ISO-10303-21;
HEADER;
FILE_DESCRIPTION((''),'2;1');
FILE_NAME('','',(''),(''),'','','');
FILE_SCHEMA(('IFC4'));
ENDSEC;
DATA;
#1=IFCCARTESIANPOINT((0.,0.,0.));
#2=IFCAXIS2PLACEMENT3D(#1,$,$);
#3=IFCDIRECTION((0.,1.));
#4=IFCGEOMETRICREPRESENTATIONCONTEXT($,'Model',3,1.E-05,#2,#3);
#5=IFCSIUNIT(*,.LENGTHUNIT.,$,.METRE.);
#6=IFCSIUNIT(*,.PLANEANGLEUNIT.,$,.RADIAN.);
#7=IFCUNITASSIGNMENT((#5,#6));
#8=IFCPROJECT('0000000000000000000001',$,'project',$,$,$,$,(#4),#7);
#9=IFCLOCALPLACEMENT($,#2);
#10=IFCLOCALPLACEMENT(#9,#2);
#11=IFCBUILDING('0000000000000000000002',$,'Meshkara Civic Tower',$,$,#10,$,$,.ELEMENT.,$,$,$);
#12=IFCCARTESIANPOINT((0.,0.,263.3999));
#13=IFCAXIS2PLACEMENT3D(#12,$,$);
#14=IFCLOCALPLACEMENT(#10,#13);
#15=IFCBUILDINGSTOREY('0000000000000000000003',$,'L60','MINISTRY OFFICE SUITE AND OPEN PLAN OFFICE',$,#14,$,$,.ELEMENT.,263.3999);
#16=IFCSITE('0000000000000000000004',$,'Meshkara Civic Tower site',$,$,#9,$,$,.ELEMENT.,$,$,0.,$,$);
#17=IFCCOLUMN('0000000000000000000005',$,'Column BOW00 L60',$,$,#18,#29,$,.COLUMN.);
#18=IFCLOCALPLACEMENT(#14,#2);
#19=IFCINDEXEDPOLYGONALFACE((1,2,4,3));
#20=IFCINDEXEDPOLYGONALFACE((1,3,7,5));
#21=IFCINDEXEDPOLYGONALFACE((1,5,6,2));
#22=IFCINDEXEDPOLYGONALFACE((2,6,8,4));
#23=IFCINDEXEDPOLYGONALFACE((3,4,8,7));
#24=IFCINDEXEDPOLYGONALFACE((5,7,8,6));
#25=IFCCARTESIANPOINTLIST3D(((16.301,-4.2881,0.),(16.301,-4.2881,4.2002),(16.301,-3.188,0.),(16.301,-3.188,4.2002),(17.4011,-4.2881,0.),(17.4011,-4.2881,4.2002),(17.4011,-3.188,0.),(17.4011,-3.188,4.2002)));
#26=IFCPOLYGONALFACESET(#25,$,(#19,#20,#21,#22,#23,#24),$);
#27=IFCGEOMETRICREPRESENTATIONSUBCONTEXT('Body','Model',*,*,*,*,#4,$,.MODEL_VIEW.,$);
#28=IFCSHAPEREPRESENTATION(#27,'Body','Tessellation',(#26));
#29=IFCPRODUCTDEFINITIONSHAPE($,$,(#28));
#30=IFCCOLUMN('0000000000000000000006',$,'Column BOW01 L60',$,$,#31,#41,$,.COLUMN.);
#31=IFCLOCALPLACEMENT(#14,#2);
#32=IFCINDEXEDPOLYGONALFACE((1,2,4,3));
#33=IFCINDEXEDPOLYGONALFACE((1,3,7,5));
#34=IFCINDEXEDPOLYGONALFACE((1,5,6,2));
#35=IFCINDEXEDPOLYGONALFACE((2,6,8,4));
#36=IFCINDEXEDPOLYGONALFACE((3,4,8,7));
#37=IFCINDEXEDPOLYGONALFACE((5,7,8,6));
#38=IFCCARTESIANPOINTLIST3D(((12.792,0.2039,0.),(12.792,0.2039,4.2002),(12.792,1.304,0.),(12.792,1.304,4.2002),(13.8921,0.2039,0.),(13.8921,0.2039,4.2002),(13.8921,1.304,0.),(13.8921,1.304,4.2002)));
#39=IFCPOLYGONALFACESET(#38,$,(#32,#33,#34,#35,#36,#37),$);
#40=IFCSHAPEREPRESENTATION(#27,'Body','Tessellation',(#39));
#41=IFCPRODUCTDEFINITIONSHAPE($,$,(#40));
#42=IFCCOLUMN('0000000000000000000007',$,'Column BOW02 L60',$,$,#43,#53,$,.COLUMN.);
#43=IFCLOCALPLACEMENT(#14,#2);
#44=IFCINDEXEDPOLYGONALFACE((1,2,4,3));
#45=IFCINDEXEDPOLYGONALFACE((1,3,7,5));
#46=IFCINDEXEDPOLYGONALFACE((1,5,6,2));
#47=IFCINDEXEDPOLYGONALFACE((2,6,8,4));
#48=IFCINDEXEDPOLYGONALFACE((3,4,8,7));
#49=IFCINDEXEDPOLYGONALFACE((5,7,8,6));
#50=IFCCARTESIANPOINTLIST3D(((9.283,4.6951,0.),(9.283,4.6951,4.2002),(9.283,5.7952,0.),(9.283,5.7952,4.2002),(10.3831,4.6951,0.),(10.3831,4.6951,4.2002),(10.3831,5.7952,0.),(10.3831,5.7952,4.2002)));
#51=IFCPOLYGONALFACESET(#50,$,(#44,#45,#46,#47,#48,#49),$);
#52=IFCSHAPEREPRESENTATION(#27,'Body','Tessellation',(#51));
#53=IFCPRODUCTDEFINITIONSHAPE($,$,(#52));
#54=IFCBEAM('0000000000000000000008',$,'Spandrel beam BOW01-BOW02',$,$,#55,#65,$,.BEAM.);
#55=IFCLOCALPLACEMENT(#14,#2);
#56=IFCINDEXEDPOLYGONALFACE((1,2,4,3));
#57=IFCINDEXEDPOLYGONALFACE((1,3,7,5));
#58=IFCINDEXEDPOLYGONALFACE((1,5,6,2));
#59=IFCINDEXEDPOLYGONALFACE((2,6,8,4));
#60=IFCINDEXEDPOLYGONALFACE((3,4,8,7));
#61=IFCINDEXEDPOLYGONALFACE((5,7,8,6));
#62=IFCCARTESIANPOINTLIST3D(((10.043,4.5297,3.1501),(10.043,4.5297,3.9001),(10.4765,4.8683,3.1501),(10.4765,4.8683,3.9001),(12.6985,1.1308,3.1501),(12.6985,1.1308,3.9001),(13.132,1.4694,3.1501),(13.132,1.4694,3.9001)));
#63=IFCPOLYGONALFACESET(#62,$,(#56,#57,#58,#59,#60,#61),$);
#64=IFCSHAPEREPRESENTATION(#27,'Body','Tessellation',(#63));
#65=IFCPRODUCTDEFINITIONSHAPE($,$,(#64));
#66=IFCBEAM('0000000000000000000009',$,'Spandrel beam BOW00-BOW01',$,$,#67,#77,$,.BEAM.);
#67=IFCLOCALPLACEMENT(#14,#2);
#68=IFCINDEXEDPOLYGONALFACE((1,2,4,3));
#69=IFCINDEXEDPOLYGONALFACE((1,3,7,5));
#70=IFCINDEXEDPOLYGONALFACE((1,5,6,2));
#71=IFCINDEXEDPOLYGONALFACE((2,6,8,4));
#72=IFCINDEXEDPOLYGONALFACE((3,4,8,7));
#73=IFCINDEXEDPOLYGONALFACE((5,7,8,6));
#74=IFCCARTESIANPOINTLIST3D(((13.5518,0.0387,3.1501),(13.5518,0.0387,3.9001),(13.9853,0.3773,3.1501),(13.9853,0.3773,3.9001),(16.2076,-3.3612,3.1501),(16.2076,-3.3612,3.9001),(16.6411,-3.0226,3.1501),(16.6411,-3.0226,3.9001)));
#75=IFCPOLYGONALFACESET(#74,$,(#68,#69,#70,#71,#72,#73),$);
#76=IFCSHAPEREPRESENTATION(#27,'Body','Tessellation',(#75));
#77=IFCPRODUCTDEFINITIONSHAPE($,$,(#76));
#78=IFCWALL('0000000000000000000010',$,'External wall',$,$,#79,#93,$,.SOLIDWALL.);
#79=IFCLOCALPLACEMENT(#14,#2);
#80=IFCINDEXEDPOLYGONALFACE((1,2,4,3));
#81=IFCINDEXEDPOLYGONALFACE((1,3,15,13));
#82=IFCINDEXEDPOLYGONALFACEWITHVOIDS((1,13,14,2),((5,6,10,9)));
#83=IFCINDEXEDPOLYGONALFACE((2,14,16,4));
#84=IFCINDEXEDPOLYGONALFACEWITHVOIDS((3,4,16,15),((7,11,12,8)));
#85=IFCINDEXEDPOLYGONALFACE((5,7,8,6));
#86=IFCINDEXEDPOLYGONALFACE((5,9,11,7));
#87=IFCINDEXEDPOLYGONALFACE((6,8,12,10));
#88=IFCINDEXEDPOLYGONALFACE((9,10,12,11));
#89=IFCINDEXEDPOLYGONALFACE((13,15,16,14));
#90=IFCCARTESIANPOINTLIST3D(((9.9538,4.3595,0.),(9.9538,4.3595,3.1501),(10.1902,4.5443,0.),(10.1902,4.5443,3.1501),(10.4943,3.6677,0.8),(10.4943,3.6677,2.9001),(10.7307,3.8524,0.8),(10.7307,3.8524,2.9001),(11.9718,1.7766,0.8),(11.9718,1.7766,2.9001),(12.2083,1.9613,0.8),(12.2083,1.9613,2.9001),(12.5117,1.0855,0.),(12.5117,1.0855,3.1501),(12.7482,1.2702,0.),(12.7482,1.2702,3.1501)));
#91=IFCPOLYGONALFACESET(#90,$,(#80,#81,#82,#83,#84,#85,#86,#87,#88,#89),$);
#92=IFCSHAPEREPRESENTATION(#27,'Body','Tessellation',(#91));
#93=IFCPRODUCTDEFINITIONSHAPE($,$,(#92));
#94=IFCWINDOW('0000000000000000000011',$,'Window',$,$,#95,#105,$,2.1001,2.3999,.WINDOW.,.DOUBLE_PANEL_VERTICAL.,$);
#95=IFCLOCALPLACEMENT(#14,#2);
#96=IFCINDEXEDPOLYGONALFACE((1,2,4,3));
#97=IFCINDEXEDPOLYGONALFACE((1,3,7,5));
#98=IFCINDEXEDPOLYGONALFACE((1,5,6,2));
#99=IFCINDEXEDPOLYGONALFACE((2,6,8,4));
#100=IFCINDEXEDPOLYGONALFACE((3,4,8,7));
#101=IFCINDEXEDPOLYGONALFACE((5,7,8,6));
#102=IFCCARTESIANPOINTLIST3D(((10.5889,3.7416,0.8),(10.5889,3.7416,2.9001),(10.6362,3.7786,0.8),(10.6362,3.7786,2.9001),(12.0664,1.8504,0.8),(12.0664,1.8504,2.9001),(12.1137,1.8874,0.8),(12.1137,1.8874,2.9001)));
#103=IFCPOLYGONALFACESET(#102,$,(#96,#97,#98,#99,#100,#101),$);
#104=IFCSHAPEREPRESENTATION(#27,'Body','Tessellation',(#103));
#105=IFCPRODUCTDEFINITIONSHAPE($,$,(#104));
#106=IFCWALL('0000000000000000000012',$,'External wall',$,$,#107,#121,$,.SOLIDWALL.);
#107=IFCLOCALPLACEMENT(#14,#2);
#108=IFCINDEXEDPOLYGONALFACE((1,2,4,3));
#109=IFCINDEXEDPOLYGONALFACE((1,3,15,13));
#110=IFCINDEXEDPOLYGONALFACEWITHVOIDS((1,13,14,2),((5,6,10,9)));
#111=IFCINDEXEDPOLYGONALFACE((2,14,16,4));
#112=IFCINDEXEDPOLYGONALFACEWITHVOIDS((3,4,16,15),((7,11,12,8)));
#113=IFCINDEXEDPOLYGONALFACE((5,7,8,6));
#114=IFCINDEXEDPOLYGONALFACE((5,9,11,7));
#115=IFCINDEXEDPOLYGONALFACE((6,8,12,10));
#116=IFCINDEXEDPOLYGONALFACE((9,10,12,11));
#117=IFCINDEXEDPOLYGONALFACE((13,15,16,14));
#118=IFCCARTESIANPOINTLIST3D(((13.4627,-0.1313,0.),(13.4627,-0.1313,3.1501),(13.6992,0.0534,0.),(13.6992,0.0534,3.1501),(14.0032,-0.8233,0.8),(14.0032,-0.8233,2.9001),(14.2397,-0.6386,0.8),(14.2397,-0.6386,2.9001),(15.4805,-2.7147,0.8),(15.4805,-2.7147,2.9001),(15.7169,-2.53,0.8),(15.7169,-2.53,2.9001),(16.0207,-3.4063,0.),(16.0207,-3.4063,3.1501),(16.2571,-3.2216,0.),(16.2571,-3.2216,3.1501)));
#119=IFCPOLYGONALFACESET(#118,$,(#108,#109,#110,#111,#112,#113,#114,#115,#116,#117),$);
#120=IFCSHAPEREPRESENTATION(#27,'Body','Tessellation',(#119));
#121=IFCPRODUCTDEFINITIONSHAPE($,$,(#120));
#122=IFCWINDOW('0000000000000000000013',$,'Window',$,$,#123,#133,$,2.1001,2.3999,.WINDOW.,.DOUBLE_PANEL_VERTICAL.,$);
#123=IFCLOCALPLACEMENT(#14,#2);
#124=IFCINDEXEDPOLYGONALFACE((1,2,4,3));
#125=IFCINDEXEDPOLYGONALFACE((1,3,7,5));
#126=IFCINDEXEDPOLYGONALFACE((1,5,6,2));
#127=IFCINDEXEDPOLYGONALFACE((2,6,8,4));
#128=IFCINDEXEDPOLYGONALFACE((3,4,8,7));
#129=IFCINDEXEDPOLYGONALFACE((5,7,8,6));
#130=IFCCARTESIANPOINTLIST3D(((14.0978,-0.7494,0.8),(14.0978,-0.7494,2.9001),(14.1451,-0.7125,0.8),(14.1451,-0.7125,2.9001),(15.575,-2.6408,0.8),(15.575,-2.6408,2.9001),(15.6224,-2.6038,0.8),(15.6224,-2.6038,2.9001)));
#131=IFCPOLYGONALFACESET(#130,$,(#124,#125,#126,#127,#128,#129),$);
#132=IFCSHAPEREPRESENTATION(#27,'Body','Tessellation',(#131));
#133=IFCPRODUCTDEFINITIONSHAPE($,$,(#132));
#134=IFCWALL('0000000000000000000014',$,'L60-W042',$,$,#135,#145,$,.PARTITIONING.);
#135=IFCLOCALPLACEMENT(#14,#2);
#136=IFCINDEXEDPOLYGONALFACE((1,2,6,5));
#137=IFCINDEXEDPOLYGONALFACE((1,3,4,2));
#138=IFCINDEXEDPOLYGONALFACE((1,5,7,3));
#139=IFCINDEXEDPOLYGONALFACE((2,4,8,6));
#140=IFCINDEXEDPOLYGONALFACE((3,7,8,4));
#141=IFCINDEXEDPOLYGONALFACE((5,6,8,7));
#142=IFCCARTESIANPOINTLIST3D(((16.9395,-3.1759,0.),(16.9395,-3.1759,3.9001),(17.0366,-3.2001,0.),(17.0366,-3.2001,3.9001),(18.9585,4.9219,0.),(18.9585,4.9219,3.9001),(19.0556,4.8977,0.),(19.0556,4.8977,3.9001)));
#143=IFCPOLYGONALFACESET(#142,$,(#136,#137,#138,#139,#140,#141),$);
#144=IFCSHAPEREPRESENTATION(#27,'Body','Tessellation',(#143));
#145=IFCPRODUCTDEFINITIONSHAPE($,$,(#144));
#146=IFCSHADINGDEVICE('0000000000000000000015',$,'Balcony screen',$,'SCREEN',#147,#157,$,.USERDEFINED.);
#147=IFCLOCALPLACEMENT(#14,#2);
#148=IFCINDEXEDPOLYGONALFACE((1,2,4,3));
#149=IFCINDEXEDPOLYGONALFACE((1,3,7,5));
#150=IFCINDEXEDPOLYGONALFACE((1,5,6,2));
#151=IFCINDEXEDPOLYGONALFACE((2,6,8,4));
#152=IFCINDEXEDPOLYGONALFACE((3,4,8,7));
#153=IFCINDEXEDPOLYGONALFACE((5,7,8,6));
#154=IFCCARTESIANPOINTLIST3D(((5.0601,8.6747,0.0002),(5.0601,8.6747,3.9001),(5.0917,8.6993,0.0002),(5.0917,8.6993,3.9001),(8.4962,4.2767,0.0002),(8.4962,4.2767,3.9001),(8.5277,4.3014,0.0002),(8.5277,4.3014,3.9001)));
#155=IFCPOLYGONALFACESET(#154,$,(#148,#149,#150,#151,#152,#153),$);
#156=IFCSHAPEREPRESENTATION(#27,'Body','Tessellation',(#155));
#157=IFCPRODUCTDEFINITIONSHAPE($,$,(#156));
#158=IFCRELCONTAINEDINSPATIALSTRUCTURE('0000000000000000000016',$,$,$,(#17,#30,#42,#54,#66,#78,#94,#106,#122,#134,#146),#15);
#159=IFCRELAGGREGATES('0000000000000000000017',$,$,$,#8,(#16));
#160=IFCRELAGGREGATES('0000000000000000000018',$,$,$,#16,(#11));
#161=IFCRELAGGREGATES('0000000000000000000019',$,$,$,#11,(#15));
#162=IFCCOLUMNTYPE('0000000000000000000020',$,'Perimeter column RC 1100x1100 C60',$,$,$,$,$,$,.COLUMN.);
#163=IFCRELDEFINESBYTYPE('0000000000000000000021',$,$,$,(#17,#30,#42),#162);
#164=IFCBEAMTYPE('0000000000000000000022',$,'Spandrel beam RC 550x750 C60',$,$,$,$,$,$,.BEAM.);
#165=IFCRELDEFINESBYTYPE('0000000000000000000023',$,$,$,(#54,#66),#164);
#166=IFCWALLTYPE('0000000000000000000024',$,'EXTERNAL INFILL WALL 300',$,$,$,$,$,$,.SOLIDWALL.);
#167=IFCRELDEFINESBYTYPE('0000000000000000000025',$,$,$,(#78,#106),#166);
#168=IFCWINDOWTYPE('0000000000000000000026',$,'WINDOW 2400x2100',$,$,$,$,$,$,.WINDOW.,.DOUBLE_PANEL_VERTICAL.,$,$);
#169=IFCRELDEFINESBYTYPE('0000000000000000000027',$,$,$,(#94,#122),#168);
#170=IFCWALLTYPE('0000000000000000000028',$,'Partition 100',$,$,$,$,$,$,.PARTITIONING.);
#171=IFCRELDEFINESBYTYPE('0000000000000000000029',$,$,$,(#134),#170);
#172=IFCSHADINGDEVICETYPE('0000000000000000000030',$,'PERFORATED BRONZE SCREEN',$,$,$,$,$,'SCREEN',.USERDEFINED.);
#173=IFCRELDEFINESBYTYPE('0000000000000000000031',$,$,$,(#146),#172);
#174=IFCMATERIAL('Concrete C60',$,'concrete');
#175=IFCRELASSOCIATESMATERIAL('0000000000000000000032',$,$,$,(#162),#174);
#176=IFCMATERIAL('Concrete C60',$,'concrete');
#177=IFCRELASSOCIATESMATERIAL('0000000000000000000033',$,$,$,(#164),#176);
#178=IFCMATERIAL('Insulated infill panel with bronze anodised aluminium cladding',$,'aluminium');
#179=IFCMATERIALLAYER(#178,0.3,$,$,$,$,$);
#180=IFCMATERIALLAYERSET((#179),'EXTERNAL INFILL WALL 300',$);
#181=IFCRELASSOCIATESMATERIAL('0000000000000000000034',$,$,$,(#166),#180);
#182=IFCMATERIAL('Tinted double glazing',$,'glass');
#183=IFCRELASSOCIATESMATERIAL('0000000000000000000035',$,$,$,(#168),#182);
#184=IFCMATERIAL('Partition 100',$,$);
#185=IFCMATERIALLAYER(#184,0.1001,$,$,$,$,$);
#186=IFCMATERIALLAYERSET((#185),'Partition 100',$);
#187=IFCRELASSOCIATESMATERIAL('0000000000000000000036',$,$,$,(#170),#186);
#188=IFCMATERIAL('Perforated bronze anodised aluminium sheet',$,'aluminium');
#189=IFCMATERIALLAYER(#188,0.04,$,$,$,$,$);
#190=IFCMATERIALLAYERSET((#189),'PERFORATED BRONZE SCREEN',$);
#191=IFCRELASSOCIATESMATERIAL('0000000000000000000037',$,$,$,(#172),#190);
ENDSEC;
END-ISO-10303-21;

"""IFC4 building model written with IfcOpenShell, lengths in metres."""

from ifc_helpers import new_model, si_unit, direction, frame, frame_2d, origin, origin_2d, place, context, subcontext, project, spatial, rectangle, extrude, material, layer, layer_set, material_profile, profile_set, type_object, element, fill, save


model = new_model("IFC4")

# Units and contexts
model_context = context("Model", 3, precision=1e-05, world=origin(), true_north=direction((0.0, 1.0)))
body_context = subcontext(model_context, "Body", "Model", "MODEL_VIEW")
ifc_project = project(units=[si_unit("LENGTHUNIT", "METRE"), si_unit("PLANEANGLEUNIT", "RADIAN")], contexts=[model_context])

# Site, building, storey
site_placement = place(None, origin())
site = spatial("IfcSite", under=ifc_project, at=site_placement, Name="Meshkara Civic Tower site", CompositionType="ELEMENT", RefElevation=0.0)
building_placement = place(site_placement, origin())
building = spatial("IfcBuilding", under=site, at=building_placement, Name="Meshkara Civic Tower", CompositionType="ELEMENT")
storey_placement = place(building_placement, frame((0.0, 0.0, 263.3999)))
storey = spatial("IfcBuildingStorey", under=building, at=storey_placement, Name="L60", Description="MINISTRY OFFICE SUITE AND OPEN PLAN OFFICE", CompositionType="ELEMENT", Elevation=263.3999)

# Columns
ifc_material_1 = material(Name="Concrete C60", Category="concrete")
ifc_material_profile_1 = material_profile(ifc_material_1, rectangle(XDim=1.1001, YDim=1.1001, at=origin_2d()))
ifc_profile_set_1 = profile_set([ifc_material_profile_1], Name="Concrete C60")
column_type = type_object("IfcColumnType", Name="Perimeter column RC 1100x1100 C60", PredefinedType="COLUMN", material=ifc_profile_set_1)
for number, where, z_axis, x_axis, name in (
    (1, (16.8511, -3.738, 0.0), (0.0, 0.0, 1.0), (1.0, 0.0, 0.0), "Column BOW00 L60"),
    (2, (13.342, 0.7539, 0.0), (0.0, 0.0, 1.0), (1.0, 0.0, 0.0), "Column BOW01 L60"),
    (3, (9.833, 5.2451, 0.0), (0.0, 0.0, 1.0), (1.0, 0.0, 0.0), "Column BOW02 L60"),
):
    element("IfcColumn", number, at=place(storey_placement, frame(where, z_axis=z_axis, x_axis=x_axis)), inside=storey, type_object=column_type, Name=name, PredefinedType="COLUMN", context=body_context, shape_type="SweptSolid", body=[
        extrude(rectangle(XDim=1.1001, YDim=1.1001, at=origin_2d()), origin(), (0.0, 0.0, 1.0), 4.2002),
    ])

# Beams
ifc_material_2 = material(Name="Concrete C60", Category="concrete")
ifc_material_profile_2 = material_profile(ifc_material_2, rectangle(XDim=0.55, YDim=0.75, at=origin_2d()))
ifc_profile_set_2 = profile_set([ifc_material_profile_2], Name="Concrete C60")
beam_type = type_object("IfcBeamType", Name="Spandrel beam RC 550x750 C60", PredefinedType="BEAM", material=ifc_profile_set_2)
beam_1_placement = place(storey_placement, frame((10.2598, 4.699, 3.5251), z_axis=(0.615659, -0.788012, 0.0), x_axis=(0.788012, 0.615659, 0.0)))
element("IfcBeam", 4, at=beam_1_placement, inside=storey, type_object=beam_type, Name="Spandrel beam BOW01-BOW02", PredefinedType="BEAM", context=body_context, shape_type="SweptSolid", body=[
    extrude(rectangle(XDim=0.55, YDim=0.75, at=origin_2d()), origin(), (0.0, 0.0, 1.0), 4.3132),
])
beam_2_placement = place(storey_placement, frame((13.7686, 0.208, 3.5251), z_axis=(0.615585, -0.788071, 0.0), x_axis=(0.788071, 0.615585, 0.0)))
element("IfcBeam", 5, at=beam_2_placement, inside=storey, type_object=beam_type, Name="Spandrel beam BOW00-BOW01", PredefinedType="BEAM", context=body_context, shape_type="SweptSolid", body=[
    extrude(rectangle(XDim=0.55, YDim=0.75, at=origin_2d()), origin(), (0.0, 0.0, 1.0), 4.3142),
])

# Walls, openings, windows
ifc_material_3 = material(Name="Insulated infill panel with bronze anodised aluminium cladding", Category="aluminium")
ifc_layer_1 = layer(ifc_material_3, 0.3)
ifc_layer_set_1 = layer_set([ifc_layer_1], Name="EXTERNAL INFILL WALL 300")
wall_type_1 = type_object("IfcWallType", Name="EXTERNAL INFILL WALL 300", PredefinedType="SOLIDWALL", material=ifc_layer_set_1)
wall_1_placement = place(storey_placement, frame((10.072, 4.4519, 0.0), z_axis=(0.0, 0.0, 1.0), x_axis=(0.61566, -0.788012, 0.0)))
wall_1 = element("IfcWall", 6, at=wall_1_placement, inside=storey, type_object=wall_type_1, Name="External wall", PredefinedType="SOLIDWALL", context=body_context, shape_type="SweptSolid", body=[
    extrude(rectangle(XDim=4.1548, YDim=0.3, at=frame_2d((2.0774, 0.0))), origin(), (0.0, 0.0, 1.0), 3.1501),
])
opening_1_placement = place(wall_1_placement, frame((0.8779, 0.0, 0.8)))
opening_1 = element("IfcOpeningElement", 7, at=opening_1_placement, cuts=wall_1, PredefinedType="OPENING", context=body_context, shape_type="SweptSolid", body=[
    extrude(rectangle(XDim=2.3999, YDim=2.1001, at=frame_2d((1.2, 1.05))), frame((0.0, 0.1599, 0.0), z_axis=(0.0, -1.0, 0.0), x_axis=(1.0, 0.0, 0.0)), (0.0, 0.0, 1.0), 0.3201),
])
ifc_material_4 = material(Name="Tinted double glazing", Category="glass")
window_type = type_object("IfcWindowType", Name="WINDOW 2400x2100", PartitioningType="DOUBLE_PANEL_VERTICAL", PredefinedType="WINDOW", material=ifc_material_4)
window_1_placement = place(opening_1_placement, origin())
window_1 = element("IfcWindow", 8, at=window_1_placement, inside=storey, type_object=window_type, Name="Window", OverallHeight=2.1001, OverallWidth=2.3999, PartitioningType="DOUBLE_PANEL_VERTICAL", PredefinedType="WINDOW", context=body_context, shape_type="SweptSolid", body=[
    extrude(rectangle(XDim=2.3999, YDim=2.1001, at=frame_2d((1.2, 1.05))), frame((0.0, 0.03, 0.0), z_axis=(0.0, -1.0, 0.0), x_axis=(1.0, 0.0, 0.0)), (0.0, 0.0, 1.0), 0.0601),
])
fill(opening_1, window_1)
wall_2_placement = place(storey_placement, frame((13.5811, -0.0391, 0.0), z_axis=(0.0, 0.0, 1.0), x_axis=(0.615546, -0.788101, 0.0)))
wall_2 = element("IfcWall", 9, at=wall_2_placement, inside=storey, type_object=wall_type_1, Name="External wall", PredefinedType="SOLIDWALL", context=body_context, shape_type="SweptSolid", body=[
    extrude(rectangle(XDim=4.1555, YDim=0.3, at=frame_2d((2.0776, 0.0))), origin(), (0.0, 0.0, 1.0), 3.1501),
])
opening_2_placement = place(wall_2_placement, frame((0.8779, 0.0, 0.8)))
opening_2 = element("IfcOpeningElement", 10, at=opening_2_placement, cuts=wall_2, PredefinedType="OPENING", context=body_context, shape_type="SweptSolid", body=[
    extrude(rectangle(XDim=2.3999, YDim=2.1001, at=frame_2d((1.2, 1.05))), frame((0.0, 0.1599, 0.0), z_axis=(0.0, -1.0, 0.0), x_axis=(1.0, 0.0, 0.0)), (0.0, 0.0, 1.0), 0.3201),
])
window_2_placement = place(opening_2_placement, origin())
window_2 = element("IfcWindow", 11, at=window_2_placement, inside=storey, type_object=window_type, Name="Window", OverallHeight=2.1001, OverallWidth=2.3999, PartitioningType="DOUBLE_PANEL_VERTICAL", PredefinedType="WINDOW", context=body_context, shape_type="SweptSolid", body=[
    extrude(rectangle(XDim=2.3999, YDim=2.1001, at=frame_2d((1.2, 1.05))), frame((0.0, 0.03, 0.0), z_axis=(0.0, -1.0, 0.0), x_axis=(1.0, 0.0, 0.0)), (0.0, 0.0, 1.0), 0.0601),
])
fill(opening_2, window_2)

# Wall
ifc_material_5 = material(Name="Partition 100")
ifc_layer_2 = layer(ifc_material_5, 0.1001)
ifc_layer_set_2 = layer_set([ifc_layer_2], Name="Partition 100")
wall_type_2 = type_object("IfcWallType", Name="Partition 100", PredefinedType="PARTITIONING", material=ifc_layer_set_2)
wall_3_placement = place(storey_placement, frame((16.988, -3.188, 0.0), z_axis=(0.0, 0.0, 1.0), x_axis=(0.241923, 0.970295, 0.0)))
element("IfcWall", 12, at=wall_3_placement, inside=storey, type_object=wall_type_2, Name="L60-W042", PredefinedType="PARTITIONING", context=body_context, shape_type="SweptSolid", body=[
    extrude(rectangle(XDim=8.3457, YDim=0.1001, at=frame_2d((4.1729, 0.0))), origin(), (0.0, 0.0, 1.0), 3.9001),
])

# Shading device
ifc_material_6 = material(Name="Perforated bronze anodised aluminium sheet", Category="aluminium")
ifc_layer_3 = layer(ifc_material_6, 0.04)
ifc_layer_set_3 = layer_set([ifc_layer_3], Name="PERFORATED BRONZE SCREEN")
shading_device_type = type_object("IfcShadingDeviceType", Name="PERFORATED BRONZE SCREEN", ElementType="SCREEN", PredefinedType="USERDEFINED", material=ifc_layer_set_3)
shading_device_placement = place(storey_placement, frame((6.7939, 6.488, 0.0002), z_axis=(0.0, 0.0, 1.0), x_axis=(0.615661, -0.788011, 0.0)))
element("IfcShadingDevice", 13, at=shading_device_placement, inside=storey, type_object=shading_device_type, Name="Balcony screen", ObjectType="SCREEN", PredefinedType="USERDEFINED", context=body_context, shape_type="SweptSolid", body=[
    extrude(rectangle(XDim=5.5811, YDim=0.04, at=origin_2d()), origin(), (0.0, 0.0, 1.0), 3.8999),
])

save(model, "model.ifc")
